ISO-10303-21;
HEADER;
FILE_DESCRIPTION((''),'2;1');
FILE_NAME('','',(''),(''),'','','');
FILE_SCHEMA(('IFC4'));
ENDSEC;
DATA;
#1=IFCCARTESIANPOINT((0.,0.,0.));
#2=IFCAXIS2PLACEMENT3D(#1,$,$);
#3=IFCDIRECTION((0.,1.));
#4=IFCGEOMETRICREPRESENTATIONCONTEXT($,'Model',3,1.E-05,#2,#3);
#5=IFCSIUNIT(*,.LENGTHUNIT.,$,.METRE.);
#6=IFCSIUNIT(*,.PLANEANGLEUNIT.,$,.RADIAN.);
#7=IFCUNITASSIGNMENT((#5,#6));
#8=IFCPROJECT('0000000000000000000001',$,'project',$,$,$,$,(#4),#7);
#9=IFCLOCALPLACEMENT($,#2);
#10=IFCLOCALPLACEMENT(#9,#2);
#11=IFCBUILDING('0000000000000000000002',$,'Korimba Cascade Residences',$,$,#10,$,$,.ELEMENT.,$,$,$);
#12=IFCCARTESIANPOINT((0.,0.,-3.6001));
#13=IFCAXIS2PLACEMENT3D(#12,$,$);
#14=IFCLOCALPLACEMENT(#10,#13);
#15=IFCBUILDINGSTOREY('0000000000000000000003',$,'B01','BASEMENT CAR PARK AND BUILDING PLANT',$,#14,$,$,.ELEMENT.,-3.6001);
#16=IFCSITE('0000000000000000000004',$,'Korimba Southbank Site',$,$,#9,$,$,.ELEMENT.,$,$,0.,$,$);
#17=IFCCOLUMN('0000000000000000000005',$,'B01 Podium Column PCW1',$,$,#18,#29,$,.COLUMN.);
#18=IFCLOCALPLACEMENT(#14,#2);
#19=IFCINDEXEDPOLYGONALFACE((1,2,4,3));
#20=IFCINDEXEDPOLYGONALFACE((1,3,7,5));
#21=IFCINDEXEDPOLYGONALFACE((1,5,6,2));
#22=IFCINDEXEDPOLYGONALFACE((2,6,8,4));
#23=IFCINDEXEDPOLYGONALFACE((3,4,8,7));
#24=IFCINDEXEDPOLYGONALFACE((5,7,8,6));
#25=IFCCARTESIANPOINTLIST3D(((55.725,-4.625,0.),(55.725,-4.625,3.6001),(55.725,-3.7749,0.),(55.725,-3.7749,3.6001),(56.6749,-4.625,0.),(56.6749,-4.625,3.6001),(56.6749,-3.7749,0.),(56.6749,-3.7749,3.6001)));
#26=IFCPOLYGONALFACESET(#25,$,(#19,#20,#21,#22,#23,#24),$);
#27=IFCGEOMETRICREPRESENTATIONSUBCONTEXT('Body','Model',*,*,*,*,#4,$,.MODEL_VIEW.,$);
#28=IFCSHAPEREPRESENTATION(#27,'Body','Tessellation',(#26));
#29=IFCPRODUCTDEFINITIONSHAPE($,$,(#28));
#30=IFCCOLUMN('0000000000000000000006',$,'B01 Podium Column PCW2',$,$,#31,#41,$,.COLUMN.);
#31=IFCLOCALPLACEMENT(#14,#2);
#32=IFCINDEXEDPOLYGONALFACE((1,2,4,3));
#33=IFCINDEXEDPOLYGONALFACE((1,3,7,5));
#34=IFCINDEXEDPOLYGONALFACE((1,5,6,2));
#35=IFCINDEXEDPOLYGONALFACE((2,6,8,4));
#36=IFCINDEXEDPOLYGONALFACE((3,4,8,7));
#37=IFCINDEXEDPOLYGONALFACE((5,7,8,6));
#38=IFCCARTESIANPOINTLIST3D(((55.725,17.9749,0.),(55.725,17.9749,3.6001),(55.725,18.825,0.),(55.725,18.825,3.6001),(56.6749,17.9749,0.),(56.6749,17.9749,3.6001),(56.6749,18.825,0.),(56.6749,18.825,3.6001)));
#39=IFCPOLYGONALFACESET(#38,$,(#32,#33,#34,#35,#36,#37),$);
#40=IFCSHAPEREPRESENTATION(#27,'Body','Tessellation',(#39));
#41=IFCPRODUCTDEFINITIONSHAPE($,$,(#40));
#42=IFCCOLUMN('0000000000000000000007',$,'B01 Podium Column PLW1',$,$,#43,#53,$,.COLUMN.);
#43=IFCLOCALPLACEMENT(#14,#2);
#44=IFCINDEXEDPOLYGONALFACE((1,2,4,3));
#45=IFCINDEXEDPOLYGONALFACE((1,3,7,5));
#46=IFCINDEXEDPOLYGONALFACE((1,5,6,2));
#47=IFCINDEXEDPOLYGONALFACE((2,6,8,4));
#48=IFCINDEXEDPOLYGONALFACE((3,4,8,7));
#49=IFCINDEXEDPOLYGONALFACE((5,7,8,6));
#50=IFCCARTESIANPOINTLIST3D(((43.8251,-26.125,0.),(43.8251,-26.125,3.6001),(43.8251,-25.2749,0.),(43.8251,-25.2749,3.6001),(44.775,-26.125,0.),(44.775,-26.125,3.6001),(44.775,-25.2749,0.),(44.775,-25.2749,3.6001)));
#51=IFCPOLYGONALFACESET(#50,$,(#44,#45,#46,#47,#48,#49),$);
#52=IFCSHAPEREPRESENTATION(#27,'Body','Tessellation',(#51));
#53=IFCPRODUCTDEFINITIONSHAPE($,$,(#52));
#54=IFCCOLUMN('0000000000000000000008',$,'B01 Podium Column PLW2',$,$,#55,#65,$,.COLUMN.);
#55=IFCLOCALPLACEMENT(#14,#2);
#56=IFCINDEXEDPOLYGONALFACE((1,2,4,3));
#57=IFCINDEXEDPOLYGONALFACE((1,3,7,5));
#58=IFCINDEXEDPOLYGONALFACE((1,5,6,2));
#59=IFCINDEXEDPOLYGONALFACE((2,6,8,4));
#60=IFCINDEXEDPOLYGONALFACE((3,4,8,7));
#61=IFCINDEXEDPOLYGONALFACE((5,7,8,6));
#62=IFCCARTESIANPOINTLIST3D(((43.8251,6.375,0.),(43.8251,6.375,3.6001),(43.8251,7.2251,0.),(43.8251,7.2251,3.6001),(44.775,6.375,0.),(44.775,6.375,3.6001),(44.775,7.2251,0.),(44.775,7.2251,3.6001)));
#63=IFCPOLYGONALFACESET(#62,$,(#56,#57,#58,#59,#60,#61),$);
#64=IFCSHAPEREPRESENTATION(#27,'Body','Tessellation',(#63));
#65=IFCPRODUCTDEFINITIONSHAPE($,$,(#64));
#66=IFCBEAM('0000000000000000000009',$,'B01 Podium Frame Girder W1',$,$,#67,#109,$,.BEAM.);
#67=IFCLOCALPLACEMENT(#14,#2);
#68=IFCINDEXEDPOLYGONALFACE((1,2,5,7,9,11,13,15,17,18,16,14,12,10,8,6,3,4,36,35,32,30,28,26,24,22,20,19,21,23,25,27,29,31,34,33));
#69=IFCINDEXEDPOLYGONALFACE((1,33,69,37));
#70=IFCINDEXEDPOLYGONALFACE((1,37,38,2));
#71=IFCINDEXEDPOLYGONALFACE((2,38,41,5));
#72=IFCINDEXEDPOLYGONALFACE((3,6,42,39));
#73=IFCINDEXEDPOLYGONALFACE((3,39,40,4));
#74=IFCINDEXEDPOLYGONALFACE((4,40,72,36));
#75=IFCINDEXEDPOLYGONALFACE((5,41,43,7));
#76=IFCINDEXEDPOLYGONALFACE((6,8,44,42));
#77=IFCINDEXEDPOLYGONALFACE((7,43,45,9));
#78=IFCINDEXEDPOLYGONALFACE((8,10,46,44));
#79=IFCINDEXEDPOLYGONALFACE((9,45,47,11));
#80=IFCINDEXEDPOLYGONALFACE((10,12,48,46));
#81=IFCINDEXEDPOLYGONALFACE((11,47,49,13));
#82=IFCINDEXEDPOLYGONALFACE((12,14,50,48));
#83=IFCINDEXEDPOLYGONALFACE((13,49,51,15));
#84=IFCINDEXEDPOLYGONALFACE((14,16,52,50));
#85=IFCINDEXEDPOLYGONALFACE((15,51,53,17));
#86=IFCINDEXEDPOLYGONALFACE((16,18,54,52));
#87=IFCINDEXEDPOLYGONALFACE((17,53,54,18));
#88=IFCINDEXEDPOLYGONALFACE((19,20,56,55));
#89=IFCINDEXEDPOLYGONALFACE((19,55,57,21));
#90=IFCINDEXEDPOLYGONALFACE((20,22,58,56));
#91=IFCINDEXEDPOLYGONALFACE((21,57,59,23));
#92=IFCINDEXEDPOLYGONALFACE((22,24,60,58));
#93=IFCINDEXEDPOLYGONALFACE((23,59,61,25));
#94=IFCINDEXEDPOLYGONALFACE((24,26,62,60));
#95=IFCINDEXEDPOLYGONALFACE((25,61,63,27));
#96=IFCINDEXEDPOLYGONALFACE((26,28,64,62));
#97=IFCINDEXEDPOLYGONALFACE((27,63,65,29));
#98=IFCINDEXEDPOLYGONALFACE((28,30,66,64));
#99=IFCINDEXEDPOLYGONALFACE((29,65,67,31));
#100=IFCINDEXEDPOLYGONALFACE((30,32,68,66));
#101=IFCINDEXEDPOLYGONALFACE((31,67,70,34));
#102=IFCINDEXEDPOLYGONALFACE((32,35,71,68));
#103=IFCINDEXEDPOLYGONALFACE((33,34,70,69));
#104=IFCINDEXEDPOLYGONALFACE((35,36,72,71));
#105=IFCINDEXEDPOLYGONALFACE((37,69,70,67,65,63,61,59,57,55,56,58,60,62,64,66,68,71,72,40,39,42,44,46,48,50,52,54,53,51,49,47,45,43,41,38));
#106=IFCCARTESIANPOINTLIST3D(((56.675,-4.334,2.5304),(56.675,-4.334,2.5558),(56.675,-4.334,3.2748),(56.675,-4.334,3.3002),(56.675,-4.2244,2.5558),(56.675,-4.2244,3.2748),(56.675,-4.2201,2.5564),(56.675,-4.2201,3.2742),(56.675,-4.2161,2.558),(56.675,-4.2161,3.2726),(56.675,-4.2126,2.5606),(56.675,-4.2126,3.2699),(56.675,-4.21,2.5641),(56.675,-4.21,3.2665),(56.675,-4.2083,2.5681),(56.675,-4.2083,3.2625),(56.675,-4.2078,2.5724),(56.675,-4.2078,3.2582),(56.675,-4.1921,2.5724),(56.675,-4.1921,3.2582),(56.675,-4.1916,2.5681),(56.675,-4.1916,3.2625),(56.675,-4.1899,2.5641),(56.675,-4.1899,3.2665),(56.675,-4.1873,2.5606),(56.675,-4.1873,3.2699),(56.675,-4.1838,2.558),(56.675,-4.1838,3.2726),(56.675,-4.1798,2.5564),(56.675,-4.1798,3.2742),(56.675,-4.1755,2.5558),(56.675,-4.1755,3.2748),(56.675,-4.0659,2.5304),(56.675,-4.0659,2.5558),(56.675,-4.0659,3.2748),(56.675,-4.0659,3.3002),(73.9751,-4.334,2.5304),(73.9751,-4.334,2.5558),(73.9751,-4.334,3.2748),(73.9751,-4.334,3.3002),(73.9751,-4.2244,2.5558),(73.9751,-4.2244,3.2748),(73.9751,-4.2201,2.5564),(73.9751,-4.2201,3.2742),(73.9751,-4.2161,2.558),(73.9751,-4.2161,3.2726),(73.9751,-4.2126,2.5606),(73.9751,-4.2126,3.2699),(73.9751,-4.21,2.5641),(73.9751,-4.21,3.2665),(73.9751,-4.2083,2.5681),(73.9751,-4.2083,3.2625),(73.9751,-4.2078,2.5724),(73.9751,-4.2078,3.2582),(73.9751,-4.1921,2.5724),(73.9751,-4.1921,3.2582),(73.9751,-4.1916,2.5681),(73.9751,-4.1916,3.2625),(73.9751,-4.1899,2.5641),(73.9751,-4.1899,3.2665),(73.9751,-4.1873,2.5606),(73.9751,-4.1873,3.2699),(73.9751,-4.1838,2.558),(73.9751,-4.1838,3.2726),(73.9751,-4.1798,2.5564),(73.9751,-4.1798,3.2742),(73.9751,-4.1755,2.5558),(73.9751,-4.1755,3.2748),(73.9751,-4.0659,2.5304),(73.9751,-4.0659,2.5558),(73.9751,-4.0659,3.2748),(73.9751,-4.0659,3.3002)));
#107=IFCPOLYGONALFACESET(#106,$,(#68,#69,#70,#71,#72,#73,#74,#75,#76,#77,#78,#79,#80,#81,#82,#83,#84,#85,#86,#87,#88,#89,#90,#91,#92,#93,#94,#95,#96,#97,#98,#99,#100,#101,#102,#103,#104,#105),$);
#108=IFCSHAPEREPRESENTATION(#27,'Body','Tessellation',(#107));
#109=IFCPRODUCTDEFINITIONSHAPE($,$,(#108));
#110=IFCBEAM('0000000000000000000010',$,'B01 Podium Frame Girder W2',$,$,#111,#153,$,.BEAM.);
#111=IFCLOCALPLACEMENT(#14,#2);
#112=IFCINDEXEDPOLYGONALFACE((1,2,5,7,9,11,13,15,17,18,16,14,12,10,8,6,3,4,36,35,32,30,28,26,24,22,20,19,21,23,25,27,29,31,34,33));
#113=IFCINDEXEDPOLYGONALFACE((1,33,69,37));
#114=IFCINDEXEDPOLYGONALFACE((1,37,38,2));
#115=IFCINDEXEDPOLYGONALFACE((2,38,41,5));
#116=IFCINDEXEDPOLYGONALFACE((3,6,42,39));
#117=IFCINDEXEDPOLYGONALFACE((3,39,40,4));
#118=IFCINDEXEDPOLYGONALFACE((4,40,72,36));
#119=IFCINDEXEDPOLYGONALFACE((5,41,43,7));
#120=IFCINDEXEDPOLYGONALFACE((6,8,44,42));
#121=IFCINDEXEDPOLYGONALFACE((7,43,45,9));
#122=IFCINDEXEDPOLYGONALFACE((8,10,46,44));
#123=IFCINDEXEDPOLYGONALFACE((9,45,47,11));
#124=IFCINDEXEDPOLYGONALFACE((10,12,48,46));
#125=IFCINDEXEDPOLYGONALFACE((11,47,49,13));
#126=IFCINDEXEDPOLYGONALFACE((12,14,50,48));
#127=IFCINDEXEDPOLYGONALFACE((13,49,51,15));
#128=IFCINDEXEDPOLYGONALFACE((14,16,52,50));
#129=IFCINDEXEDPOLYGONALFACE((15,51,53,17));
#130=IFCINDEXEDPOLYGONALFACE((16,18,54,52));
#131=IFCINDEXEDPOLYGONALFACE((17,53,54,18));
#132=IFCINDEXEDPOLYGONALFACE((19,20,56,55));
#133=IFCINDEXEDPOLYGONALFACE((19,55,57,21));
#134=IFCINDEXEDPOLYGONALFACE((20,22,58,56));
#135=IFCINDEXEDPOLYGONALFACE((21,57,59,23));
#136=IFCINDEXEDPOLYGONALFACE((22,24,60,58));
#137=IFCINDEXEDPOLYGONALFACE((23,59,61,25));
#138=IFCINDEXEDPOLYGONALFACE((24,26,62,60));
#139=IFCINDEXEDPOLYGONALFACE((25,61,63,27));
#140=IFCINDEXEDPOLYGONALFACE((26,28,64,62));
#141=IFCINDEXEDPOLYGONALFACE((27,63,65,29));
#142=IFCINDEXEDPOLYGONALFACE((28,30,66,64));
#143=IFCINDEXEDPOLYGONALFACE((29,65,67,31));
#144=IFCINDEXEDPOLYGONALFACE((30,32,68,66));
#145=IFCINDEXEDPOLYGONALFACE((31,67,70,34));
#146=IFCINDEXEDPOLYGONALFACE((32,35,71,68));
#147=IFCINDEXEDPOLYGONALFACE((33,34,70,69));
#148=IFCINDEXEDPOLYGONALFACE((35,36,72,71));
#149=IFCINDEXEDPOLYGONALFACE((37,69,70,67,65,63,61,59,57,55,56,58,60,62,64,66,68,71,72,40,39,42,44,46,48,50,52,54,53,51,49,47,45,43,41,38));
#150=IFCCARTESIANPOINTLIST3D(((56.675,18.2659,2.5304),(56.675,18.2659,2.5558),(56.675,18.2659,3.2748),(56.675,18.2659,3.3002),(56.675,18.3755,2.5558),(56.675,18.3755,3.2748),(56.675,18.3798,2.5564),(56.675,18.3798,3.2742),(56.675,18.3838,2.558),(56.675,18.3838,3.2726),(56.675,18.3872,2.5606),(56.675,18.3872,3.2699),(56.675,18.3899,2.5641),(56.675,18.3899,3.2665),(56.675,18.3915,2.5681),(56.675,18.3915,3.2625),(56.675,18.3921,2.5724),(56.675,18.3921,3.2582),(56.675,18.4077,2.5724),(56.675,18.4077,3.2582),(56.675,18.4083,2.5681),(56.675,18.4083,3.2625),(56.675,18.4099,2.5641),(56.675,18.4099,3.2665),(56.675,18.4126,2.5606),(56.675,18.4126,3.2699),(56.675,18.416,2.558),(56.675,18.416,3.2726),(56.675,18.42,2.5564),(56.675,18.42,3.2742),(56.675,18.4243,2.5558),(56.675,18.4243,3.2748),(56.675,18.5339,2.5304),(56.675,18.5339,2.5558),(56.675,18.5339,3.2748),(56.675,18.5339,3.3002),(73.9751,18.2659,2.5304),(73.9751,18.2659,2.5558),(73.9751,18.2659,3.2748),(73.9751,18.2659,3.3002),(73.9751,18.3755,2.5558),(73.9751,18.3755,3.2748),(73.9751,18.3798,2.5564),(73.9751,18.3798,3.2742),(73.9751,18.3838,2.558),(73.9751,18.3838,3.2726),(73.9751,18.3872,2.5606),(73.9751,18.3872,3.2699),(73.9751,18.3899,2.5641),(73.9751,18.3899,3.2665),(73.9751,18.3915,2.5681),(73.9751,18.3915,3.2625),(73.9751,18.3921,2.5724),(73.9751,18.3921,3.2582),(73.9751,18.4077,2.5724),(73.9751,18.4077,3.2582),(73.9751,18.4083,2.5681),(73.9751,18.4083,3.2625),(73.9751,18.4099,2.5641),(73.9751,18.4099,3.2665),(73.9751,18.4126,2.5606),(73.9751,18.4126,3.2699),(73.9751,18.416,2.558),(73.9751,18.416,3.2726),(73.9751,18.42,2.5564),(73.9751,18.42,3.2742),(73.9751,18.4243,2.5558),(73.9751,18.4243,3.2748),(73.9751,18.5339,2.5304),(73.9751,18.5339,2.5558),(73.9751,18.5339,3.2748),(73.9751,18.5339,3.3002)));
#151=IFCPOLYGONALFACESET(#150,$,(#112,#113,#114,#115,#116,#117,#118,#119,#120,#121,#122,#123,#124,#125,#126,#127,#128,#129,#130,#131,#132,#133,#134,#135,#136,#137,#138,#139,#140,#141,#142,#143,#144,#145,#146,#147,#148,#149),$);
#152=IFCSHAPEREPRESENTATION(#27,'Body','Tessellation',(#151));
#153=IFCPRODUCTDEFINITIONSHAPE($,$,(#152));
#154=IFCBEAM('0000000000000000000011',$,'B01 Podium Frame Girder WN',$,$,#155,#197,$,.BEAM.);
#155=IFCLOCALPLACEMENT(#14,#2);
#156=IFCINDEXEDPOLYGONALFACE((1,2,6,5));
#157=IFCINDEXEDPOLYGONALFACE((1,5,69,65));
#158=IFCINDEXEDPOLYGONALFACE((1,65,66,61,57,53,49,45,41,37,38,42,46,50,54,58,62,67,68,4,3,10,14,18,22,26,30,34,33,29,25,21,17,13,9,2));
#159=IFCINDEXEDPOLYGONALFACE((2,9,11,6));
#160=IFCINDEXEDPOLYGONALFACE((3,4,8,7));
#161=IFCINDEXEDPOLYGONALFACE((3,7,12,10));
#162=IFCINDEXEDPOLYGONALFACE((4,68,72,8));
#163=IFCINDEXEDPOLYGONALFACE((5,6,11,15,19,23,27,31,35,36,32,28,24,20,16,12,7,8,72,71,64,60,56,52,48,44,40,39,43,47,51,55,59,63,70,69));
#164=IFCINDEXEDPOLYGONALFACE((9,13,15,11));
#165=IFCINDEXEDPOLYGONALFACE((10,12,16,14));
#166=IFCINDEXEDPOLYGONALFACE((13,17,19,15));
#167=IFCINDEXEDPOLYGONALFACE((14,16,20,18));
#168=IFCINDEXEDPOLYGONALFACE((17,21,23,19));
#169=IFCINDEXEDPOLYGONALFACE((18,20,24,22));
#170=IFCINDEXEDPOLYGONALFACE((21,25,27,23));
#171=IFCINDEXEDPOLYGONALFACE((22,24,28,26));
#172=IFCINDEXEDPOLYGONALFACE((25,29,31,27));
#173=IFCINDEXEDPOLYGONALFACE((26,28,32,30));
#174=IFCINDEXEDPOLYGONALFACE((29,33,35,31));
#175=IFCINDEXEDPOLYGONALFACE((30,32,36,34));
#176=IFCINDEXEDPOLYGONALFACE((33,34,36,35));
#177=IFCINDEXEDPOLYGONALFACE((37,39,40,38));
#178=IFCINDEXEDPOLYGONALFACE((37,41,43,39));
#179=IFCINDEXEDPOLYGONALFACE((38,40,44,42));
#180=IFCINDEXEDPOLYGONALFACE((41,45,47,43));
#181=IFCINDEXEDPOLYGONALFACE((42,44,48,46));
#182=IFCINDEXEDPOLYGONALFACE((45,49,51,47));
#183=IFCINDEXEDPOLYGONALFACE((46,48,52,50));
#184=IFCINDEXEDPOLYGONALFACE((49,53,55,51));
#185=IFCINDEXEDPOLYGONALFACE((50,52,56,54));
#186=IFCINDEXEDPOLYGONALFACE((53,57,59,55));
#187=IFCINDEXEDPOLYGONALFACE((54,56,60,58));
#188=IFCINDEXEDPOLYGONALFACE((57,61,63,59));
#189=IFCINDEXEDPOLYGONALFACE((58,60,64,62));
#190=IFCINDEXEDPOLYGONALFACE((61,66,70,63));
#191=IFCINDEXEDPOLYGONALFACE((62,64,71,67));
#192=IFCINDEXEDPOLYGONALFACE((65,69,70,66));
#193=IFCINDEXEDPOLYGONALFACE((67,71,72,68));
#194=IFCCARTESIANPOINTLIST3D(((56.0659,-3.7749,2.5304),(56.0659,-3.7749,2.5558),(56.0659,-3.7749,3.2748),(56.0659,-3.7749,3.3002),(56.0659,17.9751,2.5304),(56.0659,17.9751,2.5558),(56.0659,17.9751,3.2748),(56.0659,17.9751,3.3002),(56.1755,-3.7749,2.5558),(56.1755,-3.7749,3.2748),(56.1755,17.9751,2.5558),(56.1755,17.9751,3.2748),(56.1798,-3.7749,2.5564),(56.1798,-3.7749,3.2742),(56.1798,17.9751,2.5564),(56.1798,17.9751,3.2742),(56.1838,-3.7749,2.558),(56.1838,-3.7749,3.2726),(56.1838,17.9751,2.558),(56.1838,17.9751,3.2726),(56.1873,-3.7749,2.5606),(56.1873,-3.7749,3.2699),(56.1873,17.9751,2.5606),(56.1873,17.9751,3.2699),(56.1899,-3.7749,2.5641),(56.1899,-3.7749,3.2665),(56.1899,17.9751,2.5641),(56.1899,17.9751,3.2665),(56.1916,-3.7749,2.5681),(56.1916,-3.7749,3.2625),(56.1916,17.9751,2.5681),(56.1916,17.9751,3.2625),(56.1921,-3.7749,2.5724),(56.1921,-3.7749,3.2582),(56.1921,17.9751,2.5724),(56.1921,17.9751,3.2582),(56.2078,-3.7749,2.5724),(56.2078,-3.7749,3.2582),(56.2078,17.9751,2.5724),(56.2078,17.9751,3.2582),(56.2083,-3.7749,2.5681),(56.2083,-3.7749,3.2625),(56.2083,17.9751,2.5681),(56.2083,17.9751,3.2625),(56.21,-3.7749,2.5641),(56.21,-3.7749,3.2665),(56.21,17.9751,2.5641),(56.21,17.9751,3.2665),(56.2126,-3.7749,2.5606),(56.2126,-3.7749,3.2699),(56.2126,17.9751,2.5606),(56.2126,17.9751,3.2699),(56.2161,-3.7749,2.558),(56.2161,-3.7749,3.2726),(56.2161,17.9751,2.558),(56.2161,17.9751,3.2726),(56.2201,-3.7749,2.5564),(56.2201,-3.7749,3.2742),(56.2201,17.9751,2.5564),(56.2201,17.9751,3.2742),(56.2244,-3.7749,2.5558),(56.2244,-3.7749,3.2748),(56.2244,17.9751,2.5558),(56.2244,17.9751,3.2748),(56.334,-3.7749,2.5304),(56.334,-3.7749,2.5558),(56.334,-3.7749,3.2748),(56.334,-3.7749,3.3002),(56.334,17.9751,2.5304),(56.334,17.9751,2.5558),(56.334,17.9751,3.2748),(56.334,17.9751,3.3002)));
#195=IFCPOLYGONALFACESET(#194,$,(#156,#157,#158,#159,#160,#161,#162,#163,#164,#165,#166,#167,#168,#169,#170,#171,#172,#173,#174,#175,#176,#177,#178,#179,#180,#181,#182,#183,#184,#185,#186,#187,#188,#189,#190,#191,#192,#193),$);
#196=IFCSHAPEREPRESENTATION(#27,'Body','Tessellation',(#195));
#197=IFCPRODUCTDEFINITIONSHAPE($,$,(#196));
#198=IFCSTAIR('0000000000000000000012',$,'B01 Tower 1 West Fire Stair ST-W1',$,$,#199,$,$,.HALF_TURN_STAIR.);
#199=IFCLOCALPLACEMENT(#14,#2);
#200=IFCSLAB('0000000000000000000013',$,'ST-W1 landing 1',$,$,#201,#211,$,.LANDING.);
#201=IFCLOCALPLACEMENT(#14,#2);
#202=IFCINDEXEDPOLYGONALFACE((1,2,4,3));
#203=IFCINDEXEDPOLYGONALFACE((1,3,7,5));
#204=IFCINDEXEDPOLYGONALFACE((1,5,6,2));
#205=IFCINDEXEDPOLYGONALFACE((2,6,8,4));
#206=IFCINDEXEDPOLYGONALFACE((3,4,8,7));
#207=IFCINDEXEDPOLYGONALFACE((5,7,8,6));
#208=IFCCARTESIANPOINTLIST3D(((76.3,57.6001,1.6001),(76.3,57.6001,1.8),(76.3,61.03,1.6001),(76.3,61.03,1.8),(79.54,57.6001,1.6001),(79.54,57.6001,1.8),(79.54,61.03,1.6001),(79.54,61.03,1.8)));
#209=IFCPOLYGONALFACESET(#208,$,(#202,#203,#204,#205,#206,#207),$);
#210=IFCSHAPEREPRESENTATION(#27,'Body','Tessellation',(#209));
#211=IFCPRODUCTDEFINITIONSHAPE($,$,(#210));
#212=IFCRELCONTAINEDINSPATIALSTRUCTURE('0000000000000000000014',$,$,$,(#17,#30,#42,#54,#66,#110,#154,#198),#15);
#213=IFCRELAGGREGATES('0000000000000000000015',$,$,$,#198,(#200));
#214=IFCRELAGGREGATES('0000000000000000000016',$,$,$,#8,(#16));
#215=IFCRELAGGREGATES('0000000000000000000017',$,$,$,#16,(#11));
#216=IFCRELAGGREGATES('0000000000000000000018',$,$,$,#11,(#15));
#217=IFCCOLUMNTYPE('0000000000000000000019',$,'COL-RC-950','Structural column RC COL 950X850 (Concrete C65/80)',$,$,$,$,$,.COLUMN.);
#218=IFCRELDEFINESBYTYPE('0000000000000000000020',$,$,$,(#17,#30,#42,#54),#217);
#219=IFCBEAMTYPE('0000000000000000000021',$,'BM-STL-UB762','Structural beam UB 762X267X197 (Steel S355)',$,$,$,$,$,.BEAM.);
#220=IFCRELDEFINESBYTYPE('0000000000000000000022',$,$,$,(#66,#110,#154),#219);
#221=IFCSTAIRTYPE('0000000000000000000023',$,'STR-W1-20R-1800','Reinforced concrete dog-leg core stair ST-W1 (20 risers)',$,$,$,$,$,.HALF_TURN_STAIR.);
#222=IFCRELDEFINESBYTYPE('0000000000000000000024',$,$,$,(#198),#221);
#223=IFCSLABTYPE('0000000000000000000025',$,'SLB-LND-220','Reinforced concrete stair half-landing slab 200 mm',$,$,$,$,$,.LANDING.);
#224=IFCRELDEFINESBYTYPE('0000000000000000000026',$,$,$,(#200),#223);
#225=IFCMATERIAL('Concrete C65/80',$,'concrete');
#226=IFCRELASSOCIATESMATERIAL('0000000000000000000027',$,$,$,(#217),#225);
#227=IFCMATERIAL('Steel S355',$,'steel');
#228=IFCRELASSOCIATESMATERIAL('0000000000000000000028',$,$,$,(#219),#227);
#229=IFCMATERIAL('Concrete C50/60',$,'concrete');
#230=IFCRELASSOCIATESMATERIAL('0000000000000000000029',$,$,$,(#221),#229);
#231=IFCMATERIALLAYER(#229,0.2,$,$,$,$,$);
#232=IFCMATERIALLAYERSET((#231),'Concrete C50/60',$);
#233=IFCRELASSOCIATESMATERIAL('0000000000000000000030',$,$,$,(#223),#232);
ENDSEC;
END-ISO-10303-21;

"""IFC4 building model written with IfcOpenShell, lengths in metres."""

from ifc_helpers import new_model, si_unit, direction, frame, origin, origin_2d, place, context, subcontext, project, spatial, polyline, rectangle, i_section, outline, extrude, material, layer, layer_set, material_profile, profile_set, type_object, element, aggregate, save


model = new_model("IFC4")

# Units and contexts
model_context = context("Model", 3, precision=1e-05, world=origin(), true_north=direction((0.0, 1.0)))
body_context = subcontext(model_context, "Body", "Model", "MODEL_VIEW")
ifc_project = project(units=[si_unit("LENGTHUNIT", "METRE"), si_unit("PLANEANGLEUNIT", "RADIAN")], contexts=[model_context])

# Site, building, storey
site_placement = place(None, origin())
site = spatial("IfcSite", under=ifc_project, at=site_placement, Name="Korimba Southbank Site", CompositionType="ELEMENT", RefElevation=0.0)
building_placement = place(site_placement, origin())
building = spatial("IfcBuilding", under=site, at=building_placement, Name="Korimba Cascade Residences", CompositionType="ELEMENT")
storey_placement = place(building_placement, frame((0.0, 0.0, -3.6001)))
storey = spatial("IfcBuildingStorey", under=building, at=storey_placement, Name="B01", Description="BASEMENT CAR PARK AND BUILDING PLANT", CompositionType="ELEMENT", Elevation=-3.6001)

# Columns
ifc_material_1 = material(Name="Concrete C65/80", Category="concrete")
ifc_material_profile_1 = material_profile(ifc_material_1, rectangle(XDim=0.95, YDim=0.8501, at=origin_2d()), Name="Concrete C65/80")
ifc_profile_set_1 = profile_set([ifc_material_profile_1], Name="Concrete C65/80")
column_type = type_object("IfcColumnType", Name="COL-RC-950", Description="Structural column RC COL 950X850 (Concrete C65/80)", PredefinedType="COLUMN", material=ifc_profile_set_1)
for number, where, z_axis, x_axis, name in (
    (1, (56.2, -4.2, 0.0), (0.0, 0.0, 1.0), (1.0, 0.0, 0.0), "B01 Podium Column PCW1"),
    (2, (56.2, 18.3999, 0.0), (0.0, 0.0, 1.0), (1.0, 0.0, 0.0), "B01 Podium Column PCW2"),
    (3, (44.3, -25.7, 0.0), (0.0, 0.0, 1.0), (1.0, 0.0, 0.0), "B01 Podium Column PLW1"),
    (4, (44.3, 6.8, 0.0), (0.0, 0.0, 1.0), (1.0, 0.0, 0.0), "B01 Podium Column PLW2"),
):
    element("IfcColumn", number, at=place(storey_placement, frame(where, z_axis=z_axis, x_axis=x_axis)), inside=storey, type_object=column_type, Name=name, PredefinedType="COLUMN", context=body_context, shape_type="SweptSolid", body=[
        extrude(rectangle(XDim=0.95, YDim=0.8501, at=origin_2d()), origin(), (0.0, 0.0, 1.0), 3.6001),
    ])

# Beams
ifc_material_2 = material(Name="Steel S355", Category="steel")
ifc_material_profile_2 = material_profile(ifc_material_2, i_section(OverallWidth=0.2681, OverallDepth=0.7698, WebThickness=0.0156, FlangeThickness=0.0254, FilletRadius=0.0166, at=origin_2d()), Name="Steel S355")
ifc_profile_set_2 = profile_set([ifc_material_profile_2], Name="Steel S355")
beam_type = type_object("IfcBeamType", Name="BM-STL-UB762", Description="Structural beam UB 762X267X197 (Steel S355)", PredefinedType="BEAM", material=ifc_profile_set_2)
for number, where, z_axis, x_axis, name in (
    (5, (56.675, -4.2, 2.9153), (1.0, 0.0, 0.0), (0.0, 1.0, 0.0), "B01 Podium Frame Girder W1"),
    (6, (56.675, 18.3999, 2.9153), (1.0, 0.0, 0.0), (0.0, 1.0, 0.0), "B01 Podium Frame Girder W2"),
):
    element("IfcBeam", number, at=place(storey_placement, frame(where, z_axis=z_axis, x_axis=x_axis)), inside=storey, type_object=beam_type, Name=name, PredefinedType="BEAM", context=body_context, shape_type="SweptSolid", body=[
        extrude(i_section(OverallWidth=0.2681, OverallDepth=0.7698, WebThickness=0.0156, FlangeThickness=0.0254, FilletRadius=0.0166, at=origin_2d()), origin(), (0.0, 0.0, 1.0), 17.3),
    ])
beam_placement = place(storey_placement, frame((56.2, -3.7749, 2.9153), z_axis=(0.0, 1.0, 0.0), x_axis=(-1.0, 0.0, 0.0)))
element("IfcBeam", 7, at=beam_placement, inside=storey, type_object=beam_type, Name="B01 Podium Frame Girder WN", PredefinedType="BEAM", context=body_context, shape_type="SweptSolid", body=[
    extrude(i_section(OverallWidth=0.2681, OverallDepth=0.7698, WebThickness=0.0156, FlangeThickness=0.0254, FilletRadius=0.0166, at=origin_2d()), origin(), (0.0, 0.0, 1.0), 21.75),
])

# Stair, slab
ifc_material_3 = material(Name="Concrete C50/60", Category="concrete")
stair_type_1 = type_object("IfcStairType", Name="STR-W1-20R-1800", Description="Reinforced concrete dog-leg core stair ST-W1 (20 risers)", PredefinedType="HALF_TURN_STAIR", material=ifc_material_3)
stair_1_placement = place(storey_placement, origin())
stair_1 = element("IfcStair", 8, at=stair_1_placement, inside=storey, type_object=stair_type_1, Name="B01 Tower 1 West Fire Stair ST-W1", PredefinedType="HALF_TURN_STAIR")
ifc_layer_1 = layer(ifc_material_3, 0.2)
ifc_layer_set_1 = layer_set([ifc_layer_1], Name="Concrete C50/60")
slab_type_1 = type_object("IfcSlabType", Name="SLB-LND-220", Description="Reinforced concrete stair half-landing slab 200 mm", PredefinedType="LANDING", material=ifc_layer_set_1)
slab_1_placement = place(storey_placement, frame((0.0, 0.0, 1.6001)))
slab_1 = element("IfcSlab", 9, at=slab_1_placement, type_object=slab_type_1, Name="ST-W1 landing 1", PredefinedType="LANDING", context=body_context, shape_type="SweptSolid", body=[
    extrude(outline(polyline([(76.3, 61.03), (76.3, 57.6001), (79.54, 57.6001), (79.54, 61.03), (76.3, 61.03)])), origin(), (0.0, 0.0, 1.0), 0.2),
])
aggregate(stair_1, [slab_1])

save(model, "model.ifc")
